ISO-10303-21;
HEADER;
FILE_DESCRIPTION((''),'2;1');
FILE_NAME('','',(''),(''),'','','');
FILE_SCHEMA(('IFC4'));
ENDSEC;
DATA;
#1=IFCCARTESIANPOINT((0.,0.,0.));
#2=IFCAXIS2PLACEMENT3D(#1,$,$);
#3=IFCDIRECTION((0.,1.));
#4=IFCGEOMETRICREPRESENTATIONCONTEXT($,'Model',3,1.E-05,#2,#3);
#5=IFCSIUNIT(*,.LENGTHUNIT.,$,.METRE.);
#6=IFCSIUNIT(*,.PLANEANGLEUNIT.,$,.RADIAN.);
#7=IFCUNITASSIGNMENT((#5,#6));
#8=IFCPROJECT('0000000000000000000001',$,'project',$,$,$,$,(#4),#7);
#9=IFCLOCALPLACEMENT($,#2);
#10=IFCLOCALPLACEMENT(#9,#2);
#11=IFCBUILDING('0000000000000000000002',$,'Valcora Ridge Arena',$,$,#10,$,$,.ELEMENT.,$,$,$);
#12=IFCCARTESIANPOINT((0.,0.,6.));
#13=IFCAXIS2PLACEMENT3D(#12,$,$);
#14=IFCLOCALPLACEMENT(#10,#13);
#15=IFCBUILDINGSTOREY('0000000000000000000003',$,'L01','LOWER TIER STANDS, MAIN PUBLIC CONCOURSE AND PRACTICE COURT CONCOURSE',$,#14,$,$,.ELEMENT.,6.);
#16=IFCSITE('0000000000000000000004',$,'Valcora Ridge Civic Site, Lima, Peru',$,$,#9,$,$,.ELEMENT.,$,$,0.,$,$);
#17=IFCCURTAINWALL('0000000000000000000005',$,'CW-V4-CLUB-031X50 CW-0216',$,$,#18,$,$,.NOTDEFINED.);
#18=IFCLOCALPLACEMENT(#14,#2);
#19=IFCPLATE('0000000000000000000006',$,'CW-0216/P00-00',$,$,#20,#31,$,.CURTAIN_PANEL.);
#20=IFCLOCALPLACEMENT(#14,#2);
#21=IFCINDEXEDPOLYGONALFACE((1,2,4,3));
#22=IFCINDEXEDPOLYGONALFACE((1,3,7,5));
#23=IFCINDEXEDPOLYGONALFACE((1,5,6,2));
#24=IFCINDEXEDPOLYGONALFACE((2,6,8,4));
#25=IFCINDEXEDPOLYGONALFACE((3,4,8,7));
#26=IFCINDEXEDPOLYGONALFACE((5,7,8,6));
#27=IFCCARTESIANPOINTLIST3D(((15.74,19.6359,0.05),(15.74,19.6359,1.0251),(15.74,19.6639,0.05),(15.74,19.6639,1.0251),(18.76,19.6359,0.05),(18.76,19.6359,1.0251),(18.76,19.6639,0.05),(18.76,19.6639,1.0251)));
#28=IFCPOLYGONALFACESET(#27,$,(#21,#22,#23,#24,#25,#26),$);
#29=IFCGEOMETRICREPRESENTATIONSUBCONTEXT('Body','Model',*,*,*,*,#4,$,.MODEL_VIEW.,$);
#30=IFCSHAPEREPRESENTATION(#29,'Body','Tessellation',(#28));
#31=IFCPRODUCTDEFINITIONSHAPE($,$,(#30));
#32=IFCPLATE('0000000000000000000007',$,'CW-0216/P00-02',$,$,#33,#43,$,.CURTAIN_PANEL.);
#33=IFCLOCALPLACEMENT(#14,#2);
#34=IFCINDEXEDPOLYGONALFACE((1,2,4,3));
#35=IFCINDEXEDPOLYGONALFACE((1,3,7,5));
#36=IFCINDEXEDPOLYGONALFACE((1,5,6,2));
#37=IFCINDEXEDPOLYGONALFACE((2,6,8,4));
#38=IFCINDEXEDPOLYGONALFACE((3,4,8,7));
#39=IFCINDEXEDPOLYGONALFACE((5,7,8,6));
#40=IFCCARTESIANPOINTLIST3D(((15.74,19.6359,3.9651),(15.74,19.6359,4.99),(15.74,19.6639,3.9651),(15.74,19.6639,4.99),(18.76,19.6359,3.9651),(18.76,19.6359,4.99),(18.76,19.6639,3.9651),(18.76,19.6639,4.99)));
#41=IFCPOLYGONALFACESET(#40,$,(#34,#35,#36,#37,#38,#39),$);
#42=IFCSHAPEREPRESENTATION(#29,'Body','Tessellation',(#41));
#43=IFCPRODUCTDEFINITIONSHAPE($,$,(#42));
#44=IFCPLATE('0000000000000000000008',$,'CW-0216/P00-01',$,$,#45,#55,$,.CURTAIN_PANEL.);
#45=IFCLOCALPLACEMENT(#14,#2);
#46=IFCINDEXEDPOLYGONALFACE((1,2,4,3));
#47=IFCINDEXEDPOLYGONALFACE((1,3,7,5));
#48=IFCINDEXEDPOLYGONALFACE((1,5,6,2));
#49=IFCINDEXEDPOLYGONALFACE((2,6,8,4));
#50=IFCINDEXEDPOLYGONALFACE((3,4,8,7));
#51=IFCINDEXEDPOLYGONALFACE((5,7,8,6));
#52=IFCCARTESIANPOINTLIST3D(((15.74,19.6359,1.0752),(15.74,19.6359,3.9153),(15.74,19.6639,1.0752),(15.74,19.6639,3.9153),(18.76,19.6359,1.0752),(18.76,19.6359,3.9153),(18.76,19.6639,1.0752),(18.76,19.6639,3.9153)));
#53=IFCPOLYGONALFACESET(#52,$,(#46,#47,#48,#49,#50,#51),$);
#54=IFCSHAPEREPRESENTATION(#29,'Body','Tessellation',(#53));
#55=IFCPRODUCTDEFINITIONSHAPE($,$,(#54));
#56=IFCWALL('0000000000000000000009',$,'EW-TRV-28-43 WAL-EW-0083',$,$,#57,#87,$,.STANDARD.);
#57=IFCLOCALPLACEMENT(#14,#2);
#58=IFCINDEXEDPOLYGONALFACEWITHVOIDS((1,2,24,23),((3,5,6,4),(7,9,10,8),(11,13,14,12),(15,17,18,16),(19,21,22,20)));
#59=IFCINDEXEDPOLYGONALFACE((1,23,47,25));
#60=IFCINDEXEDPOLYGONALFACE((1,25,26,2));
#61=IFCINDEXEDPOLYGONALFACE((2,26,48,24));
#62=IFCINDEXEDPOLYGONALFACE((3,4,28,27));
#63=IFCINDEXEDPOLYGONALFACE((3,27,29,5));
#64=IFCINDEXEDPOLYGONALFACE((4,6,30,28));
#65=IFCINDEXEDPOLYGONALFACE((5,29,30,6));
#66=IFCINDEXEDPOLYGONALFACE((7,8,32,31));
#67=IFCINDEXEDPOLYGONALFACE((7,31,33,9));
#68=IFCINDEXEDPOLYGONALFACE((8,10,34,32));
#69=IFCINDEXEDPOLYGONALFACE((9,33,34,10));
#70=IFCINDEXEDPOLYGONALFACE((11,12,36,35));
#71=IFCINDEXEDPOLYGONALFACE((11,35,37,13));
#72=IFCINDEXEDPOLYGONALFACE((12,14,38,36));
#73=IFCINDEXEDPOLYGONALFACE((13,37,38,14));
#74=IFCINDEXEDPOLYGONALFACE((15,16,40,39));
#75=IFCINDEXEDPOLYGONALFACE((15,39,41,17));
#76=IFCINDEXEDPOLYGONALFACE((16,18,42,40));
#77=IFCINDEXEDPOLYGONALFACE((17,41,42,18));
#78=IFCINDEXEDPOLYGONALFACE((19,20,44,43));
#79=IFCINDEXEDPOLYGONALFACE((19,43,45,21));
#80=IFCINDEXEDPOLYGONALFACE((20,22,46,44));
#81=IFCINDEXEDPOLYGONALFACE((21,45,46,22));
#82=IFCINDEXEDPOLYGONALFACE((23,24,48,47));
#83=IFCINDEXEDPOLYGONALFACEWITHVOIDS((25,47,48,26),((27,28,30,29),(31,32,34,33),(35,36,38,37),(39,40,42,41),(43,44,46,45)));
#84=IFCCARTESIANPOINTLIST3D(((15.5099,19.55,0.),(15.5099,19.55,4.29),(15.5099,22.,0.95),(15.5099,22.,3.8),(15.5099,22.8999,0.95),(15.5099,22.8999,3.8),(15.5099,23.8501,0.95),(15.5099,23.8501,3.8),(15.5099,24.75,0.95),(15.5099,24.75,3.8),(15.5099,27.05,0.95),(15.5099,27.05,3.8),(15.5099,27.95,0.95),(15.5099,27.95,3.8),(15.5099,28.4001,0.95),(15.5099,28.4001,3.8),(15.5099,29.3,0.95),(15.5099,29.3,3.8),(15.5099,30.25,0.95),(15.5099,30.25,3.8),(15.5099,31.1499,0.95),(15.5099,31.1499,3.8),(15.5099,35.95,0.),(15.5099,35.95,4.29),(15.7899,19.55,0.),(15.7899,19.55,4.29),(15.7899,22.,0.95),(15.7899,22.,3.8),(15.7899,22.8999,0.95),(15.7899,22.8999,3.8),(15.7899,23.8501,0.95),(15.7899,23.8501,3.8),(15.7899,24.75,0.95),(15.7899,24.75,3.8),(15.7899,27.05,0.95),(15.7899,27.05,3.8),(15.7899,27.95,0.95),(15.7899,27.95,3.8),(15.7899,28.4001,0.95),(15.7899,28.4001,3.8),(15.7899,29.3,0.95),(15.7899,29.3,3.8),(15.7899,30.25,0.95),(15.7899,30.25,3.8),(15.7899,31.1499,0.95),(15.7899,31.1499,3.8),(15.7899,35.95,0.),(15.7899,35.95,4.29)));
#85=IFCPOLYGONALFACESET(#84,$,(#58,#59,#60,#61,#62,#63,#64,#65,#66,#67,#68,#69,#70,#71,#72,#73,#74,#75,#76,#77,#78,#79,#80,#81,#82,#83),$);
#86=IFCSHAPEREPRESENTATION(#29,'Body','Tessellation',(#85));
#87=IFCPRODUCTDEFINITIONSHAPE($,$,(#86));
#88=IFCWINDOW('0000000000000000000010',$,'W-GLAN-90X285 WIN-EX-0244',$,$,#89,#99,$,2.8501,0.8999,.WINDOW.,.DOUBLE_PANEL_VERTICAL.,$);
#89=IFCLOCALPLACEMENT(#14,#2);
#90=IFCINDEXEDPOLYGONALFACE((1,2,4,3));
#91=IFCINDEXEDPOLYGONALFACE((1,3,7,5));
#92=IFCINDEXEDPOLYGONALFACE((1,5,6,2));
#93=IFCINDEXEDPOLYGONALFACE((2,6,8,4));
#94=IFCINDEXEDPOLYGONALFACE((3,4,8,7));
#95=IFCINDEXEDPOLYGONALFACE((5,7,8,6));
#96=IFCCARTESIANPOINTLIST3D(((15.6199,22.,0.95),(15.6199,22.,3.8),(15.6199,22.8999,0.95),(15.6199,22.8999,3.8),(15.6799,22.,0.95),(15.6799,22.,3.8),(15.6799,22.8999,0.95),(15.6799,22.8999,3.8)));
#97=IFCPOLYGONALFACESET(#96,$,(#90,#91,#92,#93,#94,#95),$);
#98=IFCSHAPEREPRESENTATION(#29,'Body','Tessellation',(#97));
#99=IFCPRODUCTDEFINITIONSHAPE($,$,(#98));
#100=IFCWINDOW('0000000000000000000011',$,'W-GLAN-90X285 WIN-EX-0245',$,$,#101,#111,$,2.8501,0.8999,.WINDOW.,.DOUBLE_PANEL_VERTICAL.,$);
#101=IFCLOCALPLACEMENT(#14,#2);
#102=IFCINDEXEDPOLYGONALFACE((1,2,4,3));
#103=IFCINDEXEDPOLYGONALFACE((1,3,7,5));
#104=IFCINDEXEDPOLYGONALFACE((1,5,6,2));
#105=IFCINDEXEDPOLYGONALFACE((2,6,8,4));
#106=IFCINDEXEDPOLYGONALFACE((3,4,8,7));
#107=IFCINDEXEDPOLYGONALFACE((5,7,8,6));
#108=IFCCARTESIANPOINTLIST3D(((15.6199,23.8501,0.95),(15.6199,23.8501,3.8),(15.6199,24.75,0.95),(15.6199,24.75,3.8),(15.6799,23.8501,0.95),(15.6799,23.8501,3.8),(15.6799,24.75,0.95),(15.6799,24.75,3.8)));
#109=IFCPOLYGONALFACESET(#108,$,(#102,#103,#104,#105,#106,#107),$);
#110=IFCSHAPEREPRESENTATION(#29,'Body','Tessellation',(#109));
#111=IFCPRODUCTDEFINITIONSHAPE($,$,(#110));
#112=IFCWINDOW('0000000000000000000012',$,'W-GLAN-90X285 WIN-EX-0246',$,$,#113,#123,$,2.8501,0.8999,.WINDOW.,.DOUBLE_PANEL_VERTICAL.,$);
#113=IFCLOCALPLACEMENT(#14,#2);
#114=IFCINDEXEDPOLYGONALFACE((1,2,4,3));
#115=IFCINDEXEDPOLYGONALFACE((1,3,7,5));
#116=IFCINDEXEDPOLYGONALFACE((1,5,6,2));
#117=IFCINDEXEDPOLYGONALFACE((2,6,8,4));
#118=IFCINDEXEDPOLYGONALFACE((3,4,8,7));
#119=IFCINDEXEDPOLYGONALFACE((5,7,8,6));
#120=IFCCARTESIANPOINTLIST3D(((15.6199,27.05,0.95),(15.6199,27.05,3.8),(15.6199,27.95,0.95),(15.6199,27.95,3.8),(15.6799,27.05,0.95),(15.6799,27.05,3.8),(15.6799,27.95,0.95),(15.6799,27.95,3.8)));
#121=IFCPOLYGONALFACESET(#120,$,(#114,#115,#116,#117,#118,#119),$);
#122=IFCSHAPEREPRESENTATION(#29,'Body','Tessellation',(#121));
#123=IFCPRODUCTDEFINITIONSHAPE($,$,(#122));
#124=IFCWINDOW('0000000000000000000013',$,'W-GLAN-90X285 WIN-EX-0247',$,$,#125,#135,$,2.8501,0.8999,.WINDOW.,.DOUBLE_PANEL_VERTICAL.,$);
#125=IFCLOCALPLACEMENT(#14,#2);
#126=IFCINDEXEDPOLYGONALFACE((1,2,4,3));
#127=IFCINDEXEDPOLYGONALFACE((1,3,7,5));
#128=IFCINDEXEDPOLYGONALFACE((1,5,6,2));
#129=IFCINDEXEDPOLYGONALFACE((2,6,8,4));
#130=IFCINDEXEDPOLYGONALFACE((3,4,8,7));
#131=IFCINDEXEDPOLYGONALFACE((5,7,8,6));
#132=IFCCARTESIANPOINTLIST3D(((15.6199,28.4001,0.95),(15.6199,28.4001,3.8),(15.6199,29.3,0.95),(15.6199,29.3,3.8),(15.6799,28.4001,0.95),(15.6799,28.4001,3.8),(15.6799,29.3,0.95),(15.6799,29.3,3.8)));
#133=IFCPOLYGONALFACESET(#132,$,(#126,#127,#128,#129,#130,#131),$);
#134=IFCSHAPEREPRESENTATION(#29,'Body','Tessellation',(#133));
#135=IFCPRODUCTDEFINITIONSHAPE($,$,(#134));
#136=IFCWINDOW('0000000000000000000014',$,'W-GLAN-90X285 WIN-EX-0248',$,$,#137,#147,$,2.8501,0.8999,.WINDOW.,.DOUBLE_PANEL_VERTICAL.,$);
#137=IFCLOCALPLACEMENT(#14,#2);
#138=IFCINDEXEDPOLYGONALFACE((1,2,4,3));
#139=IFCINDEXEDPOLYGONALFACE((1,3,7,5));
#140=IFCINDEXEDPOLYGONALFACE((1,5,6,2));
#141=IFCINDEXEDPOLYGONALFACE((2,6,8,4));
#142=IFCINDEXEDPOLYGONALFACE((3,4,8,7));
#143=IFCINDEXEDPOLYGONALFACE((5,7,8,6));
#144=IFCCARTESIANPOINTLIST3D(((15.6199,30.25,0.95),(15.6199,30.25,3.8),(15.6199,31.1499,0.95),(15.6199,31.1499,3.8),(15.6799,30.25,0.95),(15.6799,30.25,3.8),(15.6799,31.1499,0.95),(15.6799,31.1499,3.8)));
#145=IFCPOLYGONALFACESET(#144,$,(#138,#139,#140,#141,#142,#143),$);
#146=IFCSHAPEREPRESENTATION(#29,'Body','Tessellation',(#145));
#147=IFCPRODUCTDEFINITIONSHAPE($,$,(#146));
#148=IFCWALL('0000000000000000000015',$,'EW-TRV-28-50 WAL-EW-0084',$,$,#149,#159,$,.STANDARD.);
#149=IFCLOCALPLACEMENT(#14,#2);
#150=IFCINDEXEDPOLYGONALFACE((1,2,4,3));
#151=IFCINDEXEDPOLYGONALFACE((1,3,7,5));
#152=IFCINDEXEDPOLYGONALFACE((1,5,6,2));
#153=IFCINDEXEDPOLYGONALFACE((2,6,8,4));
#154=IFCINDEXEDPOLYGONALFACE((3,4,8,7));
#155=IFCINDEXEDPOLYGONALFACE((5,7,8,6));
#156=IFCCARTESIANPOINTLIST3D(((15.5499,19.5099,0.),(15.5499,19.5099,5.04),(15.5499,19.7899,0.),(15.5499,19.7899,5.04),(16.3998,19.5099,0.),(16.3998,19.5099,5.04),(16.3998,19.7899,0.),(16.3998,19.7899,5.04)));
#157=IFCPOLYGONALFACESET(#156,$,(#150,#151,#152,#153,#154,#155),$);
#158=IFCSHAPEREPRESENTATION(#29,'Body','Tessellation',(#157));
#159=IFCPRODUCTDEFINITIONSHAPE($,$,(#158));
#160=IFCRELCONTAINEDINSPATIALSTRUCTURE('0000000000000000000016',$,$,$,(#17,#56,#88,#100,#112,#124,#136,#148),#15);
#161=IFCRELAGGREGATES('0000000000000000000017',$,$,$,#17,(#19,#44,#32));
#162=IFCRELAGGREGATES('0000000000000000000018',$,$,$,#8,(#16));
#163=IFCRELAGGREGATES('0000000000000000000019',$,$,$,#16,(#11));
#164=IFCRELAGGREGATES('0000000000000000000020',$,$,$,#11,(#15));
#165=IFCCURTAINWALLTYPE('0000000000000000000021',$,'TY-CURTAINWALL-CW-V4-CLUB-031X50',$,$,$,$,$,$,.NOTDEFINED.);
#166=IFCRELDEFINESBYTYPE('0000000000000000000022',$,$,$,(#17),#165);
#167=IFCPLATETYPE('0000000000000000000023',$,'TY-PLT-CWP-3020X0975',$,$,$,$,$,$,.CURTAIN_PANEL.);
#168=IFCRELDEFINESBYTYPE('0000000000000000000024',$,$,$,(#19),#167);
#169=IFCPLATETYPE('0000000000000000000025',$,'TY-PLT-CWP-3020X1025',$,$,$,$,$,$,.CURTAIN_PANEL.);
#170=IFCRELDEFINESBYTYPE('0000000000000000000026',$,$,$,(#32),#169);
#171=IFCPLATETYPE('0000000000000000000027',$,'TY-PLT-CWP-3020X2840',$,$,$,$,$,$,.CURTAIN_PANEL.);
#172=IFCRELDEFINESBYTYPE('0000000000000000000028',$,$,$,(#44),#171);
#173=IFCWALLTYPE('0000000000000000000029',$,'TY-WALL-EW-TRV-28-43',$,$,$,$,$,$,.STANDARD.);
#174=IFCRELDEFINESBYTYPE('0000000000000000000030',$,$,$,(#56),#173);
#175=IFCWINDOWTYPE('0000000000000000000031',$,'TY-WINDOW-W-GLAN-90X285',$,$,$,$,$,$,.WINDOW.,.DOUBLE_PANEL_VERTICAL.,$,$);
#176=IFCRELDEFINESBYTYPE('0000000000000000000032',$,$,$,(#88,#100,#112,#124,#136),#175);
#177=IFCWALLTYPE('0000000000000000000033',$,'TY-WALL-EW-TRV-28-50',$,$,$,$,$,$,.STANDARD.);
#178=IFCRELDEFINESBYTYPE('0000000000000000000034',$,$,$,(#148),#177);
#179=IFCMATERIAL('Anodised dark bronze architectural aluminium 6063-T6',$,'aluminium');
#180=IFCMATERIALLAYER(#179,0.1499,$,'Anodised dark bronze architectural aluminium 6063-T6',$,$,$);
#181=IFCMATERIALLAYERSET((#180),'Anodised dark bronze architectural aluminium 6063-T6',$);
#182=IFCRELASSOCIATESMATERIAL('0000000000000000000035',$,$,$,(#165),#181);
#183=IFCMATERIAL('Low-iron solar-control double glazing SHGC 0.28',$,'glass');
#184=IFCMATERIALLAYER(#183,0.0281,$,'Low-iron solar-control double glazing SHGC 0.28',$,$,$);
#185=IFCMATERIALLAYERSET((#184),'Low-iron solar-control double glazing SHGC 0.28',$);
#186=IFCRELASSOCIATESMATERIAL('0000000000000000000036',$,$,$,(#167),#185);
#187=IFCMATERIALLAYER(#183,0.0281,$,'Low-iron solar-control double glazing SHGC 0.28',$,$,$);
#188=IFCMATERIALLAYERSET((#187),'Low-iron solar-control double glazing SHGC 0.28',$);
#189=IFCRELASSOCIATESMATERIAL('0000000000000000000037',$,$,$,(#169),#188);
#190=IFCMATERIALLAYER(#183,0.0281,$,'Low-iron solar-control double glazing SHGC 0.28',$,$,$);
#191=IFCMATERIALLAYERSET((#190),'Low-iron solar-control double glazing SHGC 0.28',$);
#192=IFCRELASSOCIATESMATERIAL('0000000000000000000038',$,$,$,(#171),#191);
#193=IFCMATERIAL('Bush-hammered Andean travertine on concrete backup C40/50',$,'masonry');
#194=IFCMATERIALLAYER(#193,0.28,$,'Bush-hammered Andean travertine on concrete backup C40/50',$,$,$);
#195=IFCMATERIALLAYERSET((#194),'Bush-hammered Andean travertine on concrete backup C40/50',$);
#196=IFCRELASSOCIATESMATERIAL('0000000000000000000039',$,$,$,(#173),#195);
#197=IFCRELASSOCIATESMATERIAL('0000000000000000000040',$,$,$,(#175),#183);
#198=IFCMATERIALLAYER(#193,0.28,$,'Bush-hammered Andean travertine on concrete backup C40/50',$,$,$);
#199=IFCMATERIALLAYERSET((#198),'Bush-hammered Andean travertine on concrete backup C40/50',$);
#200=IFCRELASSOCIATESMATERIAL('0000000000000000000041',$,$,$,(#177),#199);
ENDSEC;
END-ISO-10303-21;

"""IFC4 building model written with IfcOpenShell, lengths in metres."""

from ifc_helpers import new_model, si_unit, direction, frame, frame_2d, origin, origin_2d, place, context, subcontext, project, spatial, rectangle, extrude, material, layer, layer_set, type_object, element, fill, aggregate, save


model = new_model("IFC4")

# Units and contexts
model_context = context("Model", 3, precision=1e-05, world=origin(), true_north=direction((0.0, 1.0)))
body_context = subcontext(model_context, "Body", "Model", "MODEL_VIEW")
ifc_project = project(units=[si_unit("LENGTHUNIT", "METRE"), si_unit("PLANEANGLEUNIT", "RADIAN")], contexts=[model_context])

# Site, building, storey
site_placement = place(None, origin())
site = spatial("IfcSite", under=ifc_project, at=site_placement, Name="Valcora Ridge Civic Site, Lima, Peru", CompositionType="ELEMENT", RefElevation=0.0)
building_placement = place(site_placement, origin())
building = spatial("IfcBuilding", under=site, at=building_placement, Name="Valcora Ridge Arena", CompositionType="ELEMENT")
storey_placement = place(building_placement, frame((0.0, 0.0, 6.0)))
storey = spatial("IfcBuildingStorey", under=building, at=storey_placement, Name="L01", Description="LOWER TIER STANDS, MAIN PUBLIC CONCOURSE AND PRACTICE COURT CONCOURSE", CompositionType="ELEMENT", Elevation=6.0)

# Curtain wall
ifc_material_1 = material(Name="Anodised dark bronze architectural aluminium 6063-T6", Category="aluminium")
ifc_layer_1 = layer(ifc_material_1, 0.1499, Name="Anodised dark bronze architectural aluminium 6063-T6")
ifc_layer_set_1 = layer_set([ifc_layer_1], Name="Anodised dark bronze architectural aluminium 6063-T6")
curtain_wall_type_1 = type_object("IfcCurtainWallType", Name="TY-CURTAINWALL-CW-V4-CLUB-031X50", PredefinedType="NOTDEFINED", material=ifc_layer_set_1)
curtain_wall_1_placement = place(storey_placement, origin())
curtain_wall_1 = element("IfcCurtainWall", 1, at=curtain_wall_1_placement, inside=storey, type_object=curtain_wall_type_1, Name="CW-V4-CLUB-031X50 CW-0216", PredefinedType="NOTDEFINED")

# Plates
ifc_material_2 = material(Name="Low-iron solar-control double glazing SHGC 0.28", Category="glass")
ifc_layer_2 = layer(ifc_material_2, 0.0281, Name="Low-iron solar-control double glazing SHGC 0.28")
ifc_layer_set_2 = layer_set([ifc_layer_2], Name="Low-iron solar-control double glazing SHGC 0.28")
plate_type_1 = type_object("IfcPlateType", Name="TY-PLT-CWP-3020X0975", PredefinedType="CURTAIN_PANEL", material=ifc_layer_set_2)
plate_1_placement = place(storey_placement, frame((17.25, 19.6499, 0.05), z_axis=(0.0, 0.0, 1.0), x_axis=(1.0, 0.0, 0.0)))
plate_1 = element("IfcPlate", 2, at=plate_1_placement, type_object=plate_type_1, Name="CW-0216/P00-00", PredefinedType="CURTAIN_PANEL", context=body_context, shape_type="SweptSolid", body=[
    extrude(rectangle(XDim=3.02, YDim=0.0281, at=origin_2d()), origin(), (0.0, 0.0, 1.0), 0.9751),
])
ifc_layer_3 = layer(ifc_material_2, 0.0281, Name="Low-iron solar-control double glazing SHGC 0.28")
ifc_layer_set_3 = layer_set([ifc_layer_3], Name="Low-iron solar-control double glazing SHGC 0.28")
plate_type_2 = type_object("IfcPlateType", Name="TY-PLT-CWP-3020X1025", PredefinedType="CURTAIN_PANEL", material=ifc_layer_set_3)
plate_2_placement = place(storey_placement, frame((17.25, 19.6499, 3.9651), z_axis=(0.0, 0.0, 1.0), x_axis=(1.0, 0.0, 0.0)))
plate_2 = element("IfcPlate", 3, at=plate_2_placement, type_object=plate_type_2, Name="CW-0216/P00-02", PredefinedType="CURTAIN_PANEL", context=body_context, shape_type="SweptSolid", body=[
    extrude(rectangle(XDim=3.02, YDim=0.0281, at=origin_2d()), origin(), (0.0, 0.0, 1.0), 1.0249),
])
ifc_layer_4 = layer(ifc_material_2, 0.0281, Name="Low-iron solar-control double glazing SHGC 0.28")
ifc_layer_set_4 = layer_set([ifc_layer_4], Name="Low-iron solar-control double glazing SHGC 0.28")
plate_type_3 = type_object("IfcPlateType", Name="TY-PLT-CWP-3020X2840", PredefinedType="CURTAIN_PANEL", material=ifc_layer_set_4)
plate_3_placement = place(storey_placement, frame((17.25, 19.6499, 1.0752), z_axis=(0.0, 0.0, 1.0), x_axis=(1.0, 0.0, 0.0)))
plate_3 = element("IfcPlate", 4, at=plate_3_placement, type_object=plate_type_3, Name="CW-0216/P00-01", PredefinedType="CURTAIN_PANEL", context=body_context, shape_type="SweptSolid", body=[
    extrude(rectangle(XDim=3.02, YDim=0.0281, at=origin_2d()), origin(), (0.0, 0.0, 1.0), 2.8401),
])
aggregate(curtain_wall_1, [plate_1, plate_3, plate_2])

# Wall, openings, windows
ifc_material_3 = material(Name="Bush-hammered Andean travertine on concrete backup C40/50", Category="masonry")
ifc_layer_5 = layer(ifc_material_3, 0.28, Name="Bush-hammered Andean travertine on concrete backup C40/50")
ifc_layer_set_5 = layer_set([ifc_layer_5], Name="Bush-hammered Andean travertine on concrete backup C40/50")
wall_type_1 = type_object("IfcWallType", Name="TY-WALL-EW-TRV-28-43", PredefinedType="STANDARD", material=ifc_layer_set_5)
wall_1_placement = place(storey_placement, frame((15.6499, 19.55, 0.0), z_axis=(0.0, 0.0, 1.0), x_axis=(0.0, 1.0, 0.0)))
wall_1 = element("IfcWall", 5, at=wall_1_placement, inside=storey, type_object=wall_type_1, Name="EW-TRV-28-43 WAL-EW-0083", PredefinedType="STANDARD", context=body_context, shape_type="SweptSolid", body=[
    extrude(rectangle(XDim=16.3999, YDim=0.28, at=frame_2d((8.2, 0.0))), origin(), (0.0, 0.0, 1.0), 4.29),
])
opening_1_placement = place(wall_1_placement, frame((2.45, 0.0, 0.95)))
opening_1 = element("IfcOpeningElement", 6, at=opening_1_placement, cuts=wall_1, PredefinedType="OPENING", context=body_context, shape_type="SweptSolid", body=[
    extrude(rectangle(XDim=0.8999, YDim=2.8501, at=frame_2d((0.45, 1.425))), frame((0.0, 0.1499, 0.0), z_axis=(0.0, -1.0, 0.0), x_axis=(1.0, 0.0, 0.0)), (0.0, 0.0, 1.0), 0.3),
])
opening_2_placement = place(wall_1_placement, frame((4.3, 0.0, 0.95)))
opening_2 = element("IfcOpeningElement", 7, at=opening_2_placement, cuts=wall_1, PredefinedType="OPENING", context=body_context, shape_type="SweptSolid", body=[
    extrude(rectangle(XDim=0.8999, YDim=2.8501, at=frame_2d((0.45, 1.425))), frame((0.0, 0.1499, 0.0), z_axis=(0.0, -1.0, 0.0), x_axis=(1.0, 0.0, 0.0)), (0.0, 0.0, 1.0), 0.3),
])
opening_3_placement = place(wall_1_placement, frame((7.5, 0.0, 0.95)))
opening_3 = element("IfcOpeningElement", 8, at=opening_3_placement, cuts=wall_1, PredefinedType="OPENING", context=body_context, shape_type="SweptSolid", body=[
    extrude(rectangle(XDim=0.8999, YDim=2.8501, at=frame_2d((0.45, 1.425))), frame((0.0, 0.1499, 0.0), z_axis=(0.0, -1.0, 0.0), x_axis=(1.0, 0.0, 0.0)), (0.0, 0.0, 1.0), 0.3),
])
opening_4_placement = place(wall_1_placement, frame((8.8501, 0.0, 0.95)))
opening_4 = element("IfcOpeningElement", 9, at=opening_4_placement, cuts=wall_1, PredefinedType="OPENING", context=body_context, shape_type="SweptSolid", body=[
    extrude(rectangle(XDim=0.8999, YDim=2.8501, at=frame_2d((0.45, 1.425))), frame((0.0, 0.1499, 0.0), z_axis=(0.0, -1.0, 0.0), x_axis=(1.0, 0.0, 0.0)), (0.0, 0.0, 1.0), 0.3),
])
opening_5_placement = place(wall_1_placement, frame((10.7, 0.0, 0.95)))
opening_5 = element("IfcOpeningElement", 10, at=opening_5_placement, cuts=wall_1, PredefinedType="OPENING", context=body_context, shape_type="SweptSolid", body=[
    extrude(rectangle(XDim=0.8999, YDim=2.8501, at=frame_2d((0.45, 1.425))), frame((0.0, 0.1499, 0.0), z_axis=(0.0, -1.0, 0.0), x_axis=(1.0, 0.0, 0.0)), (0.0, 0.0, 1.0), 0.3),
])
window_type = type_object("IfcWindowType", Name="TY-WINDOW-W-GLAN-90X285", PartitioningType="DOUBLE_PANEL_VERTICAL", PredefinedType="WINDOW", material=ifc_material_2)
window_1_placement = place(opening_1_placement, origin())
window_1 = element("IfcWindow", 11, at=window_1_placement, inside=storey, type_object=window_type, Name="W-GLAN-90X285 WIN-EX-0244", OverallHeight=2.8501, OverallWidth=0.8999, PartitioningType="DOUBLE_PANEL_VERTICAL", PredefinedType="WINDOW", context=body_context, shape_type="SweptSolid", body=[
    extrude(rectangle(XDim=0.8999, YDim=2.8501, at=frame_2d((0.45, 1.425))), frame((0.0, 0.03, 0.0), z_axis=(0.0, -1.0, 0.0), x_axis=(1.0, 0.0, 0.0)), (0.0, 0.0, 1.0), 0.0601),
])
fill(opening_1, window_1)
window_2_placement = place(opening_2_placement, origin())
window_2 = element("IfcWindow", 12, at=window_2_placement, inside=storey, type_object=window_type, Name="W-GLAN-90X285 WIN-EX-0245", OverallHeight=2.8501, OverallWidth=0.8999, PartitioningType="DOUBLE_PANEL_VERTICAL", PredefinedType="WINDOW", context=body_context, shape_type="SweptSolid", body=[
    extrude(rectangle(XDim=0.8999, YDim=2.8501, at=frame_2d((0.45, 1.425))), frame((0.0, 0.03, 0.0), z_axis=(0.0, -1.0, 0.0), x_axis=(1.0, 0.0, 0.0)), (0.0, 0.0, 1.0), 0.0601),
])
fill(opening_2, window_2)
window_3_placement = place(opening_3_placement, origin())
window_3 = element("IfcWindow", 13, at=window_3_placement, inside=storey, type_object=window_type, Name="W-GLAN-90X285 WIN-EX-0246", OverallHeight=2.8501, OverallWidth=0.8999, PartitioningType="DOUBLE_PANEL_VERTICAL", PredefinedType="WINDOW", context=body_context, shape_type="SweptSolid", body=[
    extrude(rectangle(XDim=0.8999, YDim=2.8501, at=frame_2d((0.45, 1.425))), frame((0.0, 0.03, 0.0), z_axis=(0.0, -1.0, 0.0), x_axis=(1.0, 0.0, 0.0)), (0.0, 0.0, 1.0), 0.0601),
])
fill(opening_3, window_3)
window_4_placement = place(opening_4_placement, origin())
window_4 = element("IfcWindow", 14, at=window_4_placement, inside=storey, type_object=window_type, Name="W-GLAN-90X285 WIN-EX-0247", OverallHeight=2.8501, OverallWidth=0.8999, PartitioningType="DOUBLE_PANEL_VERTICAL", PredefinedType="WINDOW", context=body_context, shape_type="SweptSolid", body=[
    extrude(rectangle(XDim=0.8999, YDim=2.8501, at=frame_2d((0.45, 1.425))), frame((0.0, 0.03, 0.0), z_axis=(0.0, -1.0, 0.0), x_axis=(1.0, 0.0, 0.0)), (0.0, 0.0, 1.0), 0.0601),
])
fill(opening_4, window_4)
window_5_placement = place(opening_5_placement, origin())
window_5 = element("IfcWindow", 15, at=window_5_placement, inside=storey, type_object=window_type, Name="W-GLAN-90X285 WIN-EX-0248", OverallHeight=2.8501, OverallWidth=0.8999, PartitioningType="DOUBLE_PANEL_VERTICAL", PredefinedType="WINDOW", context=body_context, shape_type="SweptSolid", body=[
    extrude(rectangle(XDim=0.8999, YDim=2.8501, at=frame_2d((0.45, 1.425))), frame((0.0, 0.03, 0.0), z_axis=(0.0, -1.0, 0.0), x_axis=(1.0, 0.0, 0.0)), (0.0, 0.0, 1.0), 0.0601),
])
fill(opening_5, window_5)

# Wall
ifc_layer_6 = layer(ifc_material_3, 0.28, Name="Bush-hammered Andean travertine on concrete backup C40/50")
ifc_layer_set_6 = layer_set([ifc_layer_6], Name="Bush-hammered Andean travertine on concrete backup C40/50")
wall_type_2 = type_object("IfcWallType", Name="TY-WALL-EW-TRV-28-50", PredefinedType="STANDARD", material=ifc_layer_set_6)
wall_2_placement = place(storey_placement, frame((15.55, 19.6499, 0.0), z_axis=(0.0, 0.0, 1.0), x_axis=(1.0, 0.0, 0.0)))
element("IfcWall", 16, at=wall_2_placement, inside=storey, type_object=wall_type_2, Name="EW-TRV-28-50 WAL-EW-0084", PredefinedType="STANDARD", context=body_context, shape_type="SweptSolid", body=[
    extrude(rectangle(XDim=0.8499, YDim=0.28, at=frame_2d((0.4248, 0.0))), origin(), (0.0, 0.0, 1.0), 5.04),
])

save(model, "model.ifc")
